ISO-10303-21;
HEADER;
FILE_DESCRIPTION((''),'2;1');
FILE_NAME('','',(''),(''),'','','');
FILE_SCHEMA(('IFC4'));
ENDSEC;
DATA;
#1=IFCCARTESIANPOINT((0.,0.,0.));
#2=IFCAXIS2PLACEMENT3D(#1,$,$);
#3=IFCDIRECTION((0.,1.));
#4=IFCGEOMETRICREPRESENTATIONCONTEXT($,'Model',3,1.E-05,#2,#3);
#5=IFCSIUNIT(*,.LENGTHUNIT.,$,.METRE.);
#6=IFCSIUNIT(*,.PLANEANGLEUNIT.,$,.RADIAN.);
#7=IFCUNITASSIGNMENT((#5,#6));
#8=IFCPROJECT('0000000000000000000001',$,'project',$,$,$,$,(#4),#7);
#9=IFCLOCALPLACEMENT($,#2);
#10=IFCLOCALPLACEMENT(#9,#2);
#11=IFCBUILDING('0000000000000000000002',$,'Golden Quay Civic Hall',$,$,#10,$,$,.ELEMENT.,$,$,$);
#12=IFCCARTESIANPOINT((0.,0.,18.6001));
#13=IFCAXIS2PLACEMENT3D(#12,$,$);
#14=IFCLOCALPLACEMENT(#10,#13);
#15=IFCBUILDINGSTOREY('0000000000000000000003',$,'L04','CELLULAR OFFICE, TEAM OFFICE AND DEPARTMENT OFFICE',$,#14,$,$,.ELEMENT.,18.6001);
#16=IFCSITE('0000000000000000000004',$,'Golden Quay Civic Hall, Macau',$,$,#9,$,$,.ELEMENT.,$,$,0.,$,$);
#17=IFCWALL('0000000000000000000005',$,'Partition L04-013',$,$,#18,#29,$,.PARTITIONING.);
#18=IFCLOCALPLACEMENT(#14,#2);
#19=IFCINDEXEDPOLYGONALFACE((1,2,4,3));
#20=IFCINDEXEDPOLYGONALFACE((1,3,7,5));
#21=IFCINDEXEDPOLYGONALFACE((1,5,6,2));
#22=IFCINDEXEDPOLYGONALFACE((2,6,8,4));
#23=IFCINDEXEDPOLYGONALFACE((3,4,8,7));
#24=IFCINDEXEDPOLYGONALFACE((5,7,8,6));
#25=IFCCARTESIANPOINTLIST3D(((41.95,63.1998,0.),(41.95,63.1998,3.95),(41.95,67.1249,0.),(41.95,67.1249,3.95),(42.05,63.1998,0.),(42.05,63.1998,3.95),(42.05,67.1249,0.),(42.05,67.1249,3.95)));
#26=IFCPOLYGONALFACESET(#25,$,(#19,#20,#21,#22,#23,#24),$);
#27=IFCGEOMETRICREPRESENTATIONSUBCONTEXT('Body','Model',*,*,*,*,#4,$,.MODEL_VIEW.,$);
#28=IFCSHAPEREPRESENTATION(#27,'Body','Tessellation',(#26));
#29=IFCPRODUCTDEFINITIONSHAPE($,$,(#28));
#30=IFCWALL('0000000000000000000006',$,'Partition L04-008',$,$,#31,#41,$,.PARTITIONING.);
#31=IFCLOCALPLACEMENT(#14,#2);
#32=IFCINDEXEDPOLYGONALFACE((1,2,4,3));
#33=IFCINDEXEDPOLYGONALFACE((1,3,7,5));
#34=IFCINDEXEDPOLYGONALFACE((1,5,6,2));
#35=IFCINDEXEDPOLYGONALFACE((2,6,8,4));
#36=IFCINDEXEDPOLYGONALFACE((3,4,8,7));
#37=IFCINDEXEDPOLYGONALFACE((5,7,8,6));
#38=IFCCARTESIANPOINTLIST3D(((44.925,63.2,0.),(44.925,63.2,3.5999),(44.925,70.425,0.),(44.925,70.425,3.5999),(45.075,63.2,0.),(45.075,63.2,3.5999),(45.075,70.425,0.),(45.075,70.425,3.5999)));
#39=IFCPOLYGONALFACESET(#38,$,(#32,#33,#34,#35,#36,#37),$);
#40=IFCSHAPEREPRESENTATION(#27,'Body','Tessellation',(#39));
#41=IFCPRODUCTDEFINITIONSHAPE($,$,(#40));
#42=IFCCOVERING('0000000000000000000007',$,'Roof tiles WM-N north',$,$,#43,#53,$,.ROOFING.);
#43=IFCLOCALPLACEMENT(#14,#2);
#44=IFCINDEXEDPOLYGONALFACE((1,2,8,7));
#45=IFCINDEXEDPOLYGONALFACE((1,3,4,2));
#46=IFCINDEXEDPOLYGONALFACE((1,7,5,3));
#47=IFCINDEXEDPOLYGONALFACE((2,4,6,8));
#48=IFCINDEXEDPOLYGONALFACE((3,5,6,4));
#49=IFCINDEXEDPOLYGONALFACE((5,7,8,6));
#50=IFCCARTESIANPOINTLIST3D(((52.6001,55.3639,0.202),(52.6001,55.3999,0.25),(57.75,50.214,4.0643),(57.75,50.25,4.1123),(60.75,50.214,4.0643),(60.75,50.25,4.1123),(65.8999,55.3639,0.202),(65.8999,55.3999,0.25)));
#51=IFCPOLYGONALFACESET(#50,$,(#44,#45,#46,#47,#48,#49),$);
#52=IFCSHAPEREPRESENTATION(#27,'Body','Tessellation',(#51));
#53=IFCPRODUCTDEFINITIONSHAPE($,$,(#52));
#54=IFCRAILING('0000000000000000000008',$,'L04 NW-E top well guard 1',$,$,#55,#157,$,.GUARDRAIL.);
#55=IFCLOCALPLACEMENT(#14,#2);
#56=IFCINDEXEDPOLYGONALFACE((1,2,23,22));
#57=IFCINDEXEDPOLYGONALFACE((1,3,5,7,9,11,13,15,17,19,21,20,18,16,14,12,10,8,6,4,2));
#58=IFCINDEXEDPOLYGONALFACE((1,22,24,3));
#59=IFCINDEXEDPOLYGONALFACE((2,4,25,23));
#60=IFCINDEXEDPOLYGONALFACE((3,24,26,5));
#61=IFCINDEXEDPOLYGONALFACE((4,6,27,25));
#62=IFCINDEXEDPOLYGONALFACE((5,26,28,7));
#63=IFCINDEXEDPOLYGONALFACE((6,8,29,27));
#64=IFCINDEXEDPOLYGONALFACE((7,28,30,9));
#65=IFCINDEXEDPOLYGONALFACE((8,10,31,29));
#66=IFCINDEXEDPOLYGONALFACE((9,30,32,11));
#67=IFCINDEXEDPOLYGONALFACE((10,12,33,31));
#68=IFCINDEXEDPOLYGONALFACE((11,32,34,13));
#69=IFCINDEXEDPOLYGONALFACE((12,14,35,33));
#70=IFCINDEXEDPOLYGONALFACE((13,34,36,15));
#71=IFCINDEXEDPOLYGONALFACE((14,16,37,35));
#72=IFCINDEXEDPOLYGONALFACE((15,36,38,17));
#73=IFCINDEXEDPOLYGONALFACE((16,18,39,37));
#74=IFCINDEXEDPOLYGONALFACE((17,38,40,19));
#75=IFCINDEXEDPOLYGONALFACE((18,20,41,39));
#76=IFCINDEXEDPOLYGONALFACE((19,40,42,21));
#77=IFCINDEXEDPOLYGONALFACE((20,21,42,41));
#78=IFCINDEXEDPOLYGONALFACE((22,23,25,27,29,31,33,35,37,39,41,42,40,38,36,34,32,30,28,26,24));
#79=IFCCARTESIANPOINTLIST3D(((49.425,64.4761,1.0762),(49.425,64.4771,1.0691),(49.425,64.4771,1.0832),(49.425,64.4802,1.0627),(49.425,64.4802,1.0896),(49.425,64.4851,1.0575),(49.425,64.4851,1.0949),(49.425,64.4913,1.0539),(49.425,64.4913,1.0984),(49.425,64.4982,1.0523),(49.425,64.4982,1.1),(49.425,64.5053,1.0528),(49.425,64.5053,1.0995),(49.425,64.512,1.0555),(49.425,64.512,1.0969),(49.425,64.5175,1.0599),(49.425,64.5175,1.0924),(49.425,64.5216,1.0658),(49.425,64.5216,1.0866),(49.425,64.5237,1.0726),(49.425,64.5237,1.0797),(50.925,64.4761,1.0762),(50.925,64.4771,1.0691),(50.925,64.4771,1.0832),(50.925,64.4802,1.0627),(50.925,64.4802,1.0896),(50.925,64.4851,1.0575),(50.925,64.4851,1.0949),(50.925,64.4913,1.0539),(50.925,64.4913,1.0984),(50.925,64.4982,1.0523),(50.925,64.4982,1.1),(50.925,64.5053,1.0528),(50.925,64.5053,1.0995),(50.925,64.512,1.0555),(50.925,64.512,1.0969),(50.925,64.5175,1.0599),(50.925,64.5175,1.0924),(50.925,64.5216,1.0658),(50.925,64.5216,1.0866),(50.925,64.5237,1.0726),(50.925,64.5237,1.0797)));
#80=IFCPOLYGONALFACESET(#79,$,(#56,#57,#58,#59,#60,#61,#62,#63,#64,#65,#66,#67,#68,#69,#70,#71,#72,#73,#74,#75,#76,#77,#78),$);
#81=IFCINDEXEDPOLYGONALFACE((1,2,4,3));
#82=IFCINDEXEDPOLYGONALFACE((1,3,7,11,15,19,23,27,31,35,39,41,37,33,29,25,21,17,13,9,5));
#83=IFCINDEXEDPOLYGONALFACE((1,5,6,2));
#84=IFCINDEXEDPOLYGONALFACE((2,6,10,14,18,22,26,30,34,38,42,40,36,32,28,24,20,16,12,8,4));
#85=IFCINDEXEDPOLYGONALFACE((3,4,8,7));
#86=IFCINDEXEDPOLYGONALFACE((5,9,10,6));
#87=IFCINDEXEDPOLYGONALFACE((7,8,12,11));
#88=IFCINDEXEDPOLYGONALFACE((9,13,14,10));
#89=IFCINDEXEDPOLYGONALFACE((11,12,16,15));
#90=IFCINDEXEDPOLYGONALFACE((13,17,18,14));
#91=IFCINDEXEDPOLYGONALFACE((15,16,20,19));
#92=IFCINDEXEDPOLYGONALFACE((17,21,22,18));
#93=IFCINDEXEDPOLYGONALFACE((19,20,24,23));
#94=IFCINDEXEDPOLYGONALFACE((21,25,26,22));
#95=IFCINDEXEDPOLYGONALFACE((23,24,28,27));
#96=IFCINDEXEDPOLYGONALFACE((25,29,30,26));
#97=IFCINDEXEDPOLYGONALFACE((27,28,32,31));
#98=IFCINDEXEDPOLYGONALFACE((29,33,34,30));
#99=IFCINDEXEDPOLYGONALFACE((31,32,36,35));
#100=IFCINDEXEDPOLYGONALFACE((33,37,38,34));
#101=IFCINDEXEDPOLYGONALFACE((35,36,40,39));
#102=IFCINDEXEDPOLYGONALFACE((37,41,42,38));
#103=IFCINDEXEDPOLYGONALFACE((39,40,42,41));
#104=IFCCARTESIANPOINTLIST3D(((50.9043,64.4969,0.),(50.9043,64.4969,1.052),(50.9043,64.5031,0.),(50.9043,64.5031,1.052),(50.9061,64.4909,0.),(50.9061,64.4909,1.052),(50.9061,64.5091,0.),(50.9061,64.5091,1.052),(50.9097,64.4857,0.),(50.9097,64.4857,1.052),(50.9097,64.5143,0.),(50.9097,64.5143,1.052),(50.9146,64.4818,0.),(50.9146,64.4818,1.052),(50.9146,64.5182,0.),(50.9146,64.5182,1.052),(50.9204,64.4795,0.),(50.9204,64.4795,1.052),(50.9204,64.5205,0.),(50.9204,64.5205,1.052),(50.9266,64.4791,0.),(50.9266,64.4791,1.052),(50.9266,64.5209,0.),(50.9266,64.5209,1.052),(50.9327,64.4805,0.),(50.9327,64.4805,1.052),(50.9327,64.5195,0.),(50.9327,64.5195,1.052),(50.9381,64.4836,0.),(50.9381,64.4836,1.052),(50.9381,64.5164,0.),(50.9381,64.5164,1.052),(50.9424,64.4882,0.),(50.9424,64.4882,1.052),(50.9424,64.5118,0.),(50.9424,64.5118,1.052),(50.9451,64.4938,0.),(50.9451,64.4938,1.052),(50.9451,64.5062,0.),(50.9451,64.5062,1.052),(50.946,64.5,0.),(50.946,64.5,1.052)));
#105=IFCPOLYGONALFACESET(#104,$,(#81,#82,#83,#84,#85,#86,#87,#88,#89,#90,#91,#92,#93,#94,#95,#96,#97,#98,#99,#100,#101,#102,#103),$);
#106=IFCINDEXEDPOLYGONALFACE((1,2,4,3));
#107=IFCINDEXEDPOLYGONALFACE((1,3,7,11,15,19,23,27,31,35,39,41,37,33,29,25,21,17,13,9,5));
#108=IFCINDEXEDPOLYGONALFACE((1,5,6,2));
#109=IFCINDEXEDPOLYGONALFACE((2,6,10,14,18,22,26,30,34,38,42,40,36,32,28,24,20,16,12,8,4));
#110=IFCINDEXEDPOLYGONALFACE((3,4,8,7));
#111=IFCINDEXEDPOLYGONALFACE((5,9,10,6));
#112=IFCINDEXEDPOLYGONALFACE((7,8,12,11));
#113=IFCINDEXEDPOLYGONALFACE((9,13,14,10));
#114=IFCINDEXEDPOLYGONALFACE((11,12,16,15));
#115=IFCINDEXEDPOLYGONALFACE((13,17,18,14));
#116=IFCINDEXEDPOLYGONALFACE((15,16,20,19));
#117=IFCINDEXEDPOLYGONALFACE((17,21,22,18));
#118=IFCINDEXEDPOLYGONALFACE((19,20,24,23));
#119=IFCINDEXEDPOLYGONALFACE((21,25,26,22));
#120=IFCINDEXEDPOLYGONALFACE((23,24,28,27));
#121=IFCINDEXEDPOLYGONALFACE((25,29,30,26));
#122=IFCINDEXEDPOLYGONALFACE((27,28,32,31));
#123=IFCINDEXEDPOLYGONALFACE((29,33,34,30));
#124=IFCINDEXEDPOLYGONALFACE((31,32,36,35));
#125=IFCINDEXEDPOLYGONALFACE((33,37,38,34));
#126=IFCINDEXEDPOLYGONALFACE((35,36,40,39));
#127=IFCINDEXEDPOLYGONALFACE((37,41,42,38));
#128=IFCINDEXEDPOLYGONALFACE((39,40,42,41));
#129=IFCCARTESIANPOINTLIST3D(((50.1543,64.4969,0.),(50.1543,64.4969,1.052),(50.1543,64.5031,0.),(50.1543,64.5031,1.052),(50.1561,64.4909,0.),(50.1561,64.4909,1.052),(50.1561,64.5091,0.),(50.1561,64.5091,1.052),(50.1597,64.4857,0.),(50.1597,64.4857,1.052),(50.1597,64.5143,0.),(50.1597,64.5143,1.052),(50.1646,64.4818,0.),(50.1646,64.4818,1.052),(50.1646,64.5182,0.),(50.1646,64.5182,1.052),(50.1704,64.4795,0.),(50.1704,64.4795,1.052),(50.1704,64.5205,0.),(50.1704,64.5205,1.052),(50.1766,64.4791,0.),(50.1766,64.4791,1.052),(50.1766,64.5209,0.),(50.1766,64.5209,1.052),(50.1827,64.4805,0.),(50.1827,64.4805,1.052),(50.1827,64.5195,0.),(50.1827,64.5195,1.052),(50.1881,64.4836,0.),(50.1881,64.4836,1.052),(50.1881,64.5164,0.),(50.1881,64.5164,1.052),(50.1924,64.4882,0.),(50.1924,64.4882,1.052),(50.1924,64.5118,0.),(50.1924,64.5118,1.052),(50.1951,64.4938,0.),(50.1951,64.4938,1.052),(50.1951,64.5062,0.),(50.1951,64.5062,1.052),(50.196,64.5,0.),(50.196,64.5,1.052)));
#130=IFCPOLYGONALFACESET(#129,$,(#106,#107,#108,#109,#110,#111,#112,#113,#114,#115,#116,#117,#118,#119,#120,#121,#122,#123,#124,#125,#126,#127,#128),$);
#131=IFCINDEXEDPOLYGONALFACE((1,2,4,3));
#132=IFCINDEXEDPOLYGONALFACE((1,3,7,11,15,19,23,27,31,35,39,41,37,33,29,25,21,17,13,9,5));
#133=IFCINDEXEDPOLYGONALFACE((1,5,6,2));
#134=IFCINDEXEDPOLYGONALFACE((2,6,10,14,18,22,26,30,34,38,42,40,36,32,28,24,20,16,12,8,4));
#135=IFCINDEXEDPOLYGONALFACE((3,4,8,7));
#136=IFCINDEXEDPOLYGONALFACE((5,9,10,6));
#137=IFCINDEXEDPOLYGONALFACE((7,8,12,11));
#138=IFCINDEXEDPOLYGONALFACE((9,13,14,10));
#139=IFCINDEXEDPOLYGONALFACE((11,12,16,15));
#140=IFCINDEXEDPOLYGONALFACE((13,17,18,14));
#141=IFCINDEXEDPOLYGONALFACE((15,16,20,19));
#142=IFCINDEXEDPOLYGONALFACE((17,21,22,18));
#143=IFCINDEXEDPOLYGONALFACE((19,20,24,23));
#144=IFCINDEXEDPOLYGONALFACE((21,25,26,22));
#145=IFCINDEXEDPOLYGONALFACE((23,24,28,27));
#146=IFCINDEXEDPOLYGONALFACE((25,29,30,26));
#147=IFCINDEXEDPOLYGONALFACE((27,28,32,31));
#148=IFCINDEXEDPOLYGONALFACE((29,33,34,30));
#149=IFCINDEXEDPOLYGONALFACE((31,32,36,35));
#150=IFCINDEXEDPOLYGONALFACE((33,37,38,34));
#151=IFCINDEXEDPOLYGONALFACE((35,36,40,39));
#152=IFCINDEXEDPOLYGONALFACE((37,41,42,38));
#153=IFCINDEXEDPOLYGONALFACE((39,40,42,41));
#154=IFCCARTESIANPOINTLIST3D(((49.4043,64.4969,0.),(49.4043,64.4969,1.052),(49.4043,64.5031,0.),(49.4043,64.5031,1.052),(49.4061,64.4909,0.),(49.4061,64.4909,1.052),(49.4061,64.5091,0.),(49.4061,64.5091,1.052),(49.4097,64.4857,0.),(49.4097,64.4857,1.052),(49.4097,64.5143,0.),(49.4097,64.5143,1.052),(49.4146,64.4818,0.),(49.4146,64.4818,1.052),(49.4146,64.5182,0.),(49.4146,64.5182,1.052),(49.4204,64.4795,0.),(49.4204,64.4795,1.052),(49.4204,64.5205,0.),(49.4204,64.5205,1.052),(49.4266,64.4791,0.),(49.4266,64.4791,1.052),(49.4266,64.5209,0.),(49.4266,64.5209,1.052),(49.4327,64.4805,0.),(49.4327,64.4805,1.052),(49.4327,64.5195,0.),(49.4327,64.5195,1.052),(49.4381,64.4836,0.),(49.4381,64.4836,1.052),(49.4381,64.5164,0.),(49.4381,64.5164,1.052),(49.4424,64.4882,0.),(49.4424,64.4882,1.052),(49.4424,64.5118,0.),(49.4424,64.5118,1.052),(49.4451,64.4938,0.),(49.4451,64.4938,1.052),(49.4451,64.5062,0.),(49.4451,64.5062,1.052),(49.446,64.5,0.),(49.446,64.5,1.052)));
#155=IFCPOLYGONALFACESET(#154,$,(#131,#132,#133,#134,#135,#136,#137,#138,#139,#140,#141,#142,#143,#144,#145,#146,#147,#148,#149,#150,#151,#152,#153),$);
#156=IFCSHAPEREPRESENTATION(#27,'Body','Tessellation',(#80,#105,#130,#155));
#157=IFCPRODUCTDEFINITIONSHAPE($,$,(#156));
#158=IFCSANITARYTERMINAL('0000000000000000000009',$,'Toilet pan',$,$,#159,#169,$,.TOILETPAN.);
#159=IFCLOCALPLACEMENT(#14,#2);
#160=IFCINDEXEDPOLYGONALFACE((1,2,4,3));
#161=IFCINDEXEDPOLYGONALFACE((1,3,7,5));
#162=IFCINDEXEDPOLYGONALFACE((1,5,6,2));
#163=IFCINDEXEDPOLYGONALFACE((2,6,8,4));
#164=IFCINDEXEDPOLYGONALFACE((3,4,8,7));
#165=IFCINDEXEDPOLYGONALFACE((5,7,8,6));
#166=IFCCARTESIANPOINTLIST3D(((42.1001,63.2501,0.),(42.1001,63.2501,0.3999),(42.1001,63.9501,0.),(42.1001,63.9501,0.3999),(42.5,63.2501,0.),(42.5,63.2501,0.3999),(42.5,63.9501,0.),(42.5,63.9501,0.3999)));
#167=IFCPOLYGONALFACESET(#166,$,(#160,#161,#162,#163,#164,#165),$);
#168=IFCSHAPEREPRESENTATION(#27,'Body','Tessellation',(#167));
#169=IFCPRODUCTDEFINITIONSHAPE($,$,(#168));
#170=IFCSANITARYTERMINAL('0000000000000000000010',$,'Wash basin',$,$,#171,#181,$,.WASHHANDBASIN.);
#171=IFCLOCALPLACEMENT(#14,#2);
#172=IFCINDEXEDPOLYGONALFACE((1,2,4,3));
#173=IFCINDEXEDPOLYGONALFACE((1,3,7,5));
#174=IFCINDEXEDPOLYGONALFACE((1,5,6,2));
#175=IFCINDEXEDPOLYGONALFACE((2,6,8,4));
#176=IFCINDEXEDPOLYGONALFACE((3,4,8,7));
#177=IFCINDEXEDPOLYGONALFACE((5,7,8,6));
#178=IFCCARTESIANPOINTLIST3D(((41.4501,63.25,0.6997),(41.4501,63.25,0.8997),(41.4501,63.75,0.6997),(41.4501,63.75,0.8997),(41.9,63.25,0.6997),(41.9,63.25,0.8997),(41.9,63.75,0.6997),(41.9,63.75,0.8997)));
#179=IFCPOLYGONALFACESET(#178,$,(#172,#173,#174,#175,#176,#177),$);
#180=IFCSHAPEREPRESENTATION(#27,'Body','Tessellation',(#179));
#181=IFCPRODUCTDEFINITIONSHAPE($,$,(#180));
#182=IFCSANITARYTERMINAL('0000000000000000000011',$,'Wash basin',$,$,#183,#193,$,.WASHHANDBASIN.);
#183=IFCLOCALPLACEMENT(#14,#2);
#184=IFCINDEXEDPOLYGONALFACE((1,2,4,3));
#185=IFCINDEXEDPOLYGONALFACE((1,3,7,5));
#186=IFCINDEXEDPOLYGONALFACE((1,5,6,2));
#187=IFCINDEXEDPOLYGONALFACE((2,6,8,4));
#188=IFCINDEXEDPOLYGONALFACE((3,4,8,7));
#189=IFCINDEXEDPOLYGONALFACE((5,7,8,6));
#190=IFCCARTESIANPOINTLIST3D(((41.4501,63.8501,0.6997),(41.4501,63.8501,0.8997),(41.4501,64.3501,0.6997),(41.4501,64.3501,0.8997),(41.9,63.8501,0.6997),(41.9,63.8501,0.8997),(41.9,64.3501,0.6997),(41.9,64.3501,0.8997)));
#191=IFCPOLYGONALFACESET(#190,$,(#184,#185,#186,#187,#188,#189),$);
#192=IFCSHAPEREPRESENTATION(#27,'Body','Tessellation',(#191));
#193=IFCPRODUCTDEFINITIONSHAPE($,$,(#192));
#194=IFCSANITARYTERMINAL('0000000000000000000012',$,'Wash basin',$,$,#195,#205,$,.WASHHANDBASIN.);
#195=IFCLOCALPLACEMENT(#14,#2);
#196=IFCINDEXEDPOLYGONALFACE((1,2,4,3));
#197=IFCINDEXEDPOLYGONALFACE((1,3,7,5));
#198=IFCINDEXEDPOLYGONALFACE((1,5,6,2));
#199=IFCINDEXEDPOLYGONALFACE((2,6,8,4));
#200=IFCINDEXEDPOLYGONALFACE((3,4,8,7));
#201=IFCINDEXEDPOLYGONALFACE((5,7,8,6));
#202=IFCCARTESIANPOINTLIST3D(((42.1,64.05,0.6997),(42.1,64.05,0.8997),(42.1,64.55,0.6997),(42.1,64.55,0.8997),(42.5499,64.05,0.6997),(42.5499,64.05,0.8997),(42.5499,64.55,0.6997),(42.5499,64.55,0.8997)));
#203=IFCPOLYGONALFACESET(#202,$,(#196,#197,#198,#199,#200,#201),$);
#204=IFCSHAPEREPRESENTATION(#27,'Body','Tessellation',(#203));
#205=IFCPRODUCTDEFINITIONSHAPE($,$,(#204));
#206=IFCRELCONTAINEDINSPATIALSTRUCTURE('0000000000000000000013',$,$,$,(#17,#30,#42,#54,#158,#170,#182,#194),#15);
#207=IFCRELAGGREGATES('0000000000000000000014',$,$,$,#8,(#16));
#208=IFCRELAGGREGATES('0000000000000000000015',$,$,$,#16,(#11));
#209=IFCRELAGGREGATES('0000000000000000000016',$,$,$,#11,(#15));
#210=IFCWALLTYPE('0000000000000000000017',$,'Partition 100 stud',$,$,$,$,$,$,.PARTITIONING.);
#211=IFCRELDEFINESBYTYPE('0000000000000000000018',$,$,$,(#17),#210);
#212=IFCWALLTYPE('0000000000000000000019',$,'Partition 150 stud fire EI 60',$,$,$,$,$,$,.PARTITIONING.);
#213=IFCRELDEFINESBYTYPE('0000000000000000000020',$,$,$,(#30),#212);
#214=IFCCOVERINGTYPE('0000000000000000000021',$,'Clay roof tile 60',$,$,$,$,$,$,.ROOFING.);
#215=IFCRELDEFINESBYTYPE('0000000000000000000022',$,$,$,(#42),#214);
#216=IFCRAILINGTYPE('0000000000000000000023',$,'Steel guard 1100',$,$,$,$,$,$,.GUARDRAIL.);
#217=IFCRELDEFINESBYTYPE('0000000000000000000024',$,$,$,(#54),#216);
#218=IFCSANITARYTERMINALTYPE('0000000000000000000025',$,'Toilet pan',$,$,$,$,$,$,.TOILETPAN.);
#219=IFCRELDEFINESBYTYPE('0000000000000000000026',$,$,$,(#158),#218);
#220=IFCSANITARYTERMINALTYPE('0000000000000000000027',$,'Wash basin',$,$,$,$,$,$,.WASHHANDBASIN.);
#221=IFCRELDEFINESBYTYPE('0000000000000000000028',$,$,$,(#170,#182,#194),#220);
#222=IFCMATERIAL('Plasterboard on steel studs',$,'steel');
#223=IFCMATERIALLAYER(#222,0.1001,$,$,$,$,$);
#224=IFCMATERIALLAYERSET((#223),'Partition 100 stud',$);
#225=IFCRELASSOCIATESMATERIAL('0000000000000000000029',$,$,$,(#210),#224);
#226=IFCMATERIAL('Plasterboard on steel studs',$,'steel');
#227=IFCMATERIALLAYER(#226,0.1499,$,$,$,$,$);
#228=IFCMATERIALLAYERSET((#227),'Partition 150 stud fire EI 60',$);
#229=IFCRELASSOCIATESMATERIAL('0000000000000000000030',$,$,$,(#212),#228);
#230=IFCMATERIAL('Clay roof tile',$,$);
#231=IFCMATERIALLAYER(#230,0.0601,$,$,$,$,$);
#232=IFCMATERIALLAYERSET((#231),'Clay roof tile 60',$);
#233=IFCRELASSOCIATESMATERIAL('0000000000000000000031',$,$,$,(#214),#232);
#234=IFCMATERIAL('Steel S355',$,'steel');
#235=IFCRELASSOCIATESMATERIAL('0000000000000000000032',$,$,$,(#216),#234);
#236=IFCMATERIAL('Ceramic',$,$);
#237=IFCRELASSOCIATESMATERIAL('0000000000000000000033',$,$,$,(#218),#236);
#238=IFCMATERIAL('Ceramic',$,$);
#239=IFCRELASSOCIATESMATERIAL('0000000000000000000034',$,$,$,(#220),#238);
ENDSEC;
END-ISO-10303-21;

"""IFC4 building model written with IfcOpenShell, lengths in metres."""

from ifc_helpers import new_model, si_unit, direction, frame, frame_2d, origin, origin_2d, place, context, subcontext, project, spatial, polyline, rectangle, circle, outline, extrude, material, layer, layer_set, type_object, element, save


model = new_model("IFC4")

# Units and contexts
model_context = context("Model", 3, precision=1e-05, world=origin(), true_north=direction((0.0, 1.0)))
body_context = subcontext(model_context, "Body", "Model", "MODEL_VIEW")
ifc_project = project(units=[si_unit("LENGTHUNIT", "METRE"), si_unit("PLANEANGLEUNIT", "RADIAN")], contexts=[model_context])

# Site, building, storey
site_placement = place(None, origin())
site = spatial("IfcSite", under=ifc_project, at=site_placement, Name="Golden Quay Civic Hall, Macau", CompositionType="ELEMENT", RefElevation=0.0)
building_placement = place(site_placement, origin())
building = spatial("IfcBuilding", under=site, at=building_placement, Name="Golden Quay Civic Hall", CompositionType="ELEMENT")
storey_placement = place(building_placement, frame((0.0, 0.0, 18.6001)))
storey = spatial("IfcBuildingStorey", under=building, at=storey_placement, Name="L04", Description="CELLULAR OFFICE, TEAM OFFICE AND DEPARTMENT OFFICE", CompositionType="ELEMENT", Elevation=18.6001)

# Walls
ifc_material_1 = material(Name="Plasterboard on steel studs", Category="steel")
ifc_layer_1 = layer(ifc_material_1, 0.1001)
ifc_layer_set_1 = layer_set([ifc_layer_1], Name="Partition 100 stud")
wall_type_1 = type_object("IfcWallType", Name="Partition 100 stud", PredefinedType="PARTITIONING", material=ifc_layer_set_1)
wall_1_placement = place(storey_placement, frame((42.0, 63.2, 0.0), z_axis=(0.0, 0.0, 1.0), x_axis=(0.0, 1.0, 0.0)))
element("IfcWall", 1, at=wall_1_placement, inside=storey, type_object=wall_type_1, Name="Partition L04-013", PredefinedType="PARTITIONING", context=body_context, shape_type="SweptSolid", body=[
    extrude(rectangle(XDim=3.925, YDim=0.1001, at=frame_2d((1.9624, 0.0))), origin(), (0.0, 0.0, 1.0), 3.95),
])
ifc_material_2 = material(Name="Plasterboard on steel studs", Category="steel")
ifc_layer_2 = layer(ifc_material_2, 0.1499)
ifc_layer_set_2 = layer_set([ifc_layer_2], Name="Partition 150 stud fire EI 60")
wall_type_2 = type_object("IfcWallType", Name="Partition 150 stud fire EI 60", PredefinedType="PARTITIONING", material=ifc_layer_set_2)
wall_2_placement = place(storey_placement, frame((45.0, 63.2, 0.0), z_axis=(0.0, 0.0, 1.0), x_axis=(0.0, 1.0, 0.0)))
element("IfcWall", 2, at=wall_2_placement, inside=storey, type_object=wall_type_2, Name="Partition L04-008", PredefinedType="PARTITIONING", context=body_context, shape_type="SweptSolid", body=[
    extrude(rectangle(XDim=7.2251, YDim=0.1499, at=frame_2d((3.6125, 0.0))), origin(), (0.0, 0.0, 1.0), 3.5999),
])

# Covering
ifc_material_3 = material(Name="Clay roof tile")
ifc_layer_3 = layer(ifc_material_3, 0.0601)
ifc_layer_set_3 = layer_set([ifc_layer_3], Name="Clay roof tile 60")
covering_type = type_object("IfcCoveringType", Name="Clay roof tile 60", PredefinedType="ROOFING", material=ifc_layer_set_3)
covering_placement = place(storey_placement, frame((52.6001, 55.3999, 0.25), z_axis=(0.0, 0.599988, 0.800009), x_axis=(1.0, 0.0, 0.0)))
element("IfcCovering", 3, at=covering_placement, inside=storey, type_object=covering_type, Name="Roof tiles WM-N north", PredefinedType="ROOFING", context=body_context, shape_type="SweptSolid", body=[
    extrude(outline(polyline([(0.0, 0.0), (13.2998, 0.0), (8.1499, -6.4373), (5.1499, -6.4373), (0.0, 0.0)])), origin(), (0.0, 0.0, -1.0), 0.0601),
])

# Railing
ifc_material_4 = material(Name="Steel S355", Category="steel")
railing_type = type_object("IfcRailingType", Name="Steel guard 1100", PredefinedType="GUARDRAIL", material=ifc_material_4)
railing_placement = place(storey_placement, frame((50.925, 64.5, 0.0)))
element("IfcRailing", 4, at=railing_placement, inside=storey, type_object=railing_type, Name="L04 NW-E top well guard 1", PredefinedType="GUARDRAIL", context=body_context, shape_type="SweptSolid", body=[
    extrude(circle(Radius=0.0239, at=origin_2d()), frame((0.0, 0.0, 1.0762), z_axis=(-1.0, 0.0, 0.0), x_axis=(0.0, -1.0, 0.0)), (0.0, 0.0, 1.0), 1.5),
    extrude(circle(Radius=0.021, at=origin_2d()), origin(), (0.0, 0.0, 1.0), 1.052),
    extrude(circle(Radius=0.021, at=origin_2d()), frame((-0.75, 0.0, 0.0)), (0.0, 0.0, 1.0), 1.052),
    extrude(circle(Radius=0.021, at=origin_2d()), frame((-1.5, 0.0, 0.0)), (0.0, 0.0, 1.0), 1.052),
])

# Sanitary terminals
ifc_material_5 = material(Name="Ceramic")
sanitary_terminal_type_1 = type_object("IfcSanitaryTerminalType", Name="Toilet pan", PredefinedType="TOILETPAN", material=ifc_material_5)
sanitary_terminal_placement = place(storey_placement, frame((42.3, 63.6001, 0.0), z_axis=(0.0, 0.0, 1.0), x_axis=(1.0, 0.0, 0.0)))
element("IfcSanitaryTerminal", 5, at=sanitary_terminal_placement, inside=storey, type_object=sanitary_terminal_type_1, Name="Toilet pan", PredefinedType="TOILETPAN", context=body_context, shape_type="SweptSolid", body=[
    extrude(rectangle(XDim=0.3999, YDim=0.7, at=origin_2d()), origin(), (0.0, 0.0, 1.0), 0.3999),
])
ifc_material_6 = material(Name="Ceramic")
sanitary_terminal_type_2 = type_object("IfcSanitaryTerminalType", Name="Wash basin", PredefinedType="WASHHANDBASIN", material=ifc_material_6)
for number, where, z_axis, x_axis, name in (
    (6, (41.675, 63.5, 0.6997), (0.0, 0.0, 1.0), (0.0, 1.0, 0.0), "Wash basin"),
    (7, (41.675, 64.1001, 0.6997), (0.0, 0.0, 1.0), (0.0, 1.0, 0.0), "Wash basin"),
    (8, (42.325, 64.3, 0.6997), (0.0, 0.0, 1.0), (0.0, 1.0, 0.0), "Wash basin"),
):
    element("IfcSanitaryTerminal", number, at=place(storey_placement, frame(where, z_axis=z_axis, x_axis=x_axis)), inside=storey, type_object=sanitary_terminal_type_2, Name=name, PredefinedType="WASHHANDBASIN", context=body_context, shape_type="SweptSolid", body=[
        extrude(rectangle(XDim=0.5, YDim=0.45, at=origin_2d()), origin(), (0.0, 0.0, 1.0), 0.2),
    ])

save(model, "model.ifc")
